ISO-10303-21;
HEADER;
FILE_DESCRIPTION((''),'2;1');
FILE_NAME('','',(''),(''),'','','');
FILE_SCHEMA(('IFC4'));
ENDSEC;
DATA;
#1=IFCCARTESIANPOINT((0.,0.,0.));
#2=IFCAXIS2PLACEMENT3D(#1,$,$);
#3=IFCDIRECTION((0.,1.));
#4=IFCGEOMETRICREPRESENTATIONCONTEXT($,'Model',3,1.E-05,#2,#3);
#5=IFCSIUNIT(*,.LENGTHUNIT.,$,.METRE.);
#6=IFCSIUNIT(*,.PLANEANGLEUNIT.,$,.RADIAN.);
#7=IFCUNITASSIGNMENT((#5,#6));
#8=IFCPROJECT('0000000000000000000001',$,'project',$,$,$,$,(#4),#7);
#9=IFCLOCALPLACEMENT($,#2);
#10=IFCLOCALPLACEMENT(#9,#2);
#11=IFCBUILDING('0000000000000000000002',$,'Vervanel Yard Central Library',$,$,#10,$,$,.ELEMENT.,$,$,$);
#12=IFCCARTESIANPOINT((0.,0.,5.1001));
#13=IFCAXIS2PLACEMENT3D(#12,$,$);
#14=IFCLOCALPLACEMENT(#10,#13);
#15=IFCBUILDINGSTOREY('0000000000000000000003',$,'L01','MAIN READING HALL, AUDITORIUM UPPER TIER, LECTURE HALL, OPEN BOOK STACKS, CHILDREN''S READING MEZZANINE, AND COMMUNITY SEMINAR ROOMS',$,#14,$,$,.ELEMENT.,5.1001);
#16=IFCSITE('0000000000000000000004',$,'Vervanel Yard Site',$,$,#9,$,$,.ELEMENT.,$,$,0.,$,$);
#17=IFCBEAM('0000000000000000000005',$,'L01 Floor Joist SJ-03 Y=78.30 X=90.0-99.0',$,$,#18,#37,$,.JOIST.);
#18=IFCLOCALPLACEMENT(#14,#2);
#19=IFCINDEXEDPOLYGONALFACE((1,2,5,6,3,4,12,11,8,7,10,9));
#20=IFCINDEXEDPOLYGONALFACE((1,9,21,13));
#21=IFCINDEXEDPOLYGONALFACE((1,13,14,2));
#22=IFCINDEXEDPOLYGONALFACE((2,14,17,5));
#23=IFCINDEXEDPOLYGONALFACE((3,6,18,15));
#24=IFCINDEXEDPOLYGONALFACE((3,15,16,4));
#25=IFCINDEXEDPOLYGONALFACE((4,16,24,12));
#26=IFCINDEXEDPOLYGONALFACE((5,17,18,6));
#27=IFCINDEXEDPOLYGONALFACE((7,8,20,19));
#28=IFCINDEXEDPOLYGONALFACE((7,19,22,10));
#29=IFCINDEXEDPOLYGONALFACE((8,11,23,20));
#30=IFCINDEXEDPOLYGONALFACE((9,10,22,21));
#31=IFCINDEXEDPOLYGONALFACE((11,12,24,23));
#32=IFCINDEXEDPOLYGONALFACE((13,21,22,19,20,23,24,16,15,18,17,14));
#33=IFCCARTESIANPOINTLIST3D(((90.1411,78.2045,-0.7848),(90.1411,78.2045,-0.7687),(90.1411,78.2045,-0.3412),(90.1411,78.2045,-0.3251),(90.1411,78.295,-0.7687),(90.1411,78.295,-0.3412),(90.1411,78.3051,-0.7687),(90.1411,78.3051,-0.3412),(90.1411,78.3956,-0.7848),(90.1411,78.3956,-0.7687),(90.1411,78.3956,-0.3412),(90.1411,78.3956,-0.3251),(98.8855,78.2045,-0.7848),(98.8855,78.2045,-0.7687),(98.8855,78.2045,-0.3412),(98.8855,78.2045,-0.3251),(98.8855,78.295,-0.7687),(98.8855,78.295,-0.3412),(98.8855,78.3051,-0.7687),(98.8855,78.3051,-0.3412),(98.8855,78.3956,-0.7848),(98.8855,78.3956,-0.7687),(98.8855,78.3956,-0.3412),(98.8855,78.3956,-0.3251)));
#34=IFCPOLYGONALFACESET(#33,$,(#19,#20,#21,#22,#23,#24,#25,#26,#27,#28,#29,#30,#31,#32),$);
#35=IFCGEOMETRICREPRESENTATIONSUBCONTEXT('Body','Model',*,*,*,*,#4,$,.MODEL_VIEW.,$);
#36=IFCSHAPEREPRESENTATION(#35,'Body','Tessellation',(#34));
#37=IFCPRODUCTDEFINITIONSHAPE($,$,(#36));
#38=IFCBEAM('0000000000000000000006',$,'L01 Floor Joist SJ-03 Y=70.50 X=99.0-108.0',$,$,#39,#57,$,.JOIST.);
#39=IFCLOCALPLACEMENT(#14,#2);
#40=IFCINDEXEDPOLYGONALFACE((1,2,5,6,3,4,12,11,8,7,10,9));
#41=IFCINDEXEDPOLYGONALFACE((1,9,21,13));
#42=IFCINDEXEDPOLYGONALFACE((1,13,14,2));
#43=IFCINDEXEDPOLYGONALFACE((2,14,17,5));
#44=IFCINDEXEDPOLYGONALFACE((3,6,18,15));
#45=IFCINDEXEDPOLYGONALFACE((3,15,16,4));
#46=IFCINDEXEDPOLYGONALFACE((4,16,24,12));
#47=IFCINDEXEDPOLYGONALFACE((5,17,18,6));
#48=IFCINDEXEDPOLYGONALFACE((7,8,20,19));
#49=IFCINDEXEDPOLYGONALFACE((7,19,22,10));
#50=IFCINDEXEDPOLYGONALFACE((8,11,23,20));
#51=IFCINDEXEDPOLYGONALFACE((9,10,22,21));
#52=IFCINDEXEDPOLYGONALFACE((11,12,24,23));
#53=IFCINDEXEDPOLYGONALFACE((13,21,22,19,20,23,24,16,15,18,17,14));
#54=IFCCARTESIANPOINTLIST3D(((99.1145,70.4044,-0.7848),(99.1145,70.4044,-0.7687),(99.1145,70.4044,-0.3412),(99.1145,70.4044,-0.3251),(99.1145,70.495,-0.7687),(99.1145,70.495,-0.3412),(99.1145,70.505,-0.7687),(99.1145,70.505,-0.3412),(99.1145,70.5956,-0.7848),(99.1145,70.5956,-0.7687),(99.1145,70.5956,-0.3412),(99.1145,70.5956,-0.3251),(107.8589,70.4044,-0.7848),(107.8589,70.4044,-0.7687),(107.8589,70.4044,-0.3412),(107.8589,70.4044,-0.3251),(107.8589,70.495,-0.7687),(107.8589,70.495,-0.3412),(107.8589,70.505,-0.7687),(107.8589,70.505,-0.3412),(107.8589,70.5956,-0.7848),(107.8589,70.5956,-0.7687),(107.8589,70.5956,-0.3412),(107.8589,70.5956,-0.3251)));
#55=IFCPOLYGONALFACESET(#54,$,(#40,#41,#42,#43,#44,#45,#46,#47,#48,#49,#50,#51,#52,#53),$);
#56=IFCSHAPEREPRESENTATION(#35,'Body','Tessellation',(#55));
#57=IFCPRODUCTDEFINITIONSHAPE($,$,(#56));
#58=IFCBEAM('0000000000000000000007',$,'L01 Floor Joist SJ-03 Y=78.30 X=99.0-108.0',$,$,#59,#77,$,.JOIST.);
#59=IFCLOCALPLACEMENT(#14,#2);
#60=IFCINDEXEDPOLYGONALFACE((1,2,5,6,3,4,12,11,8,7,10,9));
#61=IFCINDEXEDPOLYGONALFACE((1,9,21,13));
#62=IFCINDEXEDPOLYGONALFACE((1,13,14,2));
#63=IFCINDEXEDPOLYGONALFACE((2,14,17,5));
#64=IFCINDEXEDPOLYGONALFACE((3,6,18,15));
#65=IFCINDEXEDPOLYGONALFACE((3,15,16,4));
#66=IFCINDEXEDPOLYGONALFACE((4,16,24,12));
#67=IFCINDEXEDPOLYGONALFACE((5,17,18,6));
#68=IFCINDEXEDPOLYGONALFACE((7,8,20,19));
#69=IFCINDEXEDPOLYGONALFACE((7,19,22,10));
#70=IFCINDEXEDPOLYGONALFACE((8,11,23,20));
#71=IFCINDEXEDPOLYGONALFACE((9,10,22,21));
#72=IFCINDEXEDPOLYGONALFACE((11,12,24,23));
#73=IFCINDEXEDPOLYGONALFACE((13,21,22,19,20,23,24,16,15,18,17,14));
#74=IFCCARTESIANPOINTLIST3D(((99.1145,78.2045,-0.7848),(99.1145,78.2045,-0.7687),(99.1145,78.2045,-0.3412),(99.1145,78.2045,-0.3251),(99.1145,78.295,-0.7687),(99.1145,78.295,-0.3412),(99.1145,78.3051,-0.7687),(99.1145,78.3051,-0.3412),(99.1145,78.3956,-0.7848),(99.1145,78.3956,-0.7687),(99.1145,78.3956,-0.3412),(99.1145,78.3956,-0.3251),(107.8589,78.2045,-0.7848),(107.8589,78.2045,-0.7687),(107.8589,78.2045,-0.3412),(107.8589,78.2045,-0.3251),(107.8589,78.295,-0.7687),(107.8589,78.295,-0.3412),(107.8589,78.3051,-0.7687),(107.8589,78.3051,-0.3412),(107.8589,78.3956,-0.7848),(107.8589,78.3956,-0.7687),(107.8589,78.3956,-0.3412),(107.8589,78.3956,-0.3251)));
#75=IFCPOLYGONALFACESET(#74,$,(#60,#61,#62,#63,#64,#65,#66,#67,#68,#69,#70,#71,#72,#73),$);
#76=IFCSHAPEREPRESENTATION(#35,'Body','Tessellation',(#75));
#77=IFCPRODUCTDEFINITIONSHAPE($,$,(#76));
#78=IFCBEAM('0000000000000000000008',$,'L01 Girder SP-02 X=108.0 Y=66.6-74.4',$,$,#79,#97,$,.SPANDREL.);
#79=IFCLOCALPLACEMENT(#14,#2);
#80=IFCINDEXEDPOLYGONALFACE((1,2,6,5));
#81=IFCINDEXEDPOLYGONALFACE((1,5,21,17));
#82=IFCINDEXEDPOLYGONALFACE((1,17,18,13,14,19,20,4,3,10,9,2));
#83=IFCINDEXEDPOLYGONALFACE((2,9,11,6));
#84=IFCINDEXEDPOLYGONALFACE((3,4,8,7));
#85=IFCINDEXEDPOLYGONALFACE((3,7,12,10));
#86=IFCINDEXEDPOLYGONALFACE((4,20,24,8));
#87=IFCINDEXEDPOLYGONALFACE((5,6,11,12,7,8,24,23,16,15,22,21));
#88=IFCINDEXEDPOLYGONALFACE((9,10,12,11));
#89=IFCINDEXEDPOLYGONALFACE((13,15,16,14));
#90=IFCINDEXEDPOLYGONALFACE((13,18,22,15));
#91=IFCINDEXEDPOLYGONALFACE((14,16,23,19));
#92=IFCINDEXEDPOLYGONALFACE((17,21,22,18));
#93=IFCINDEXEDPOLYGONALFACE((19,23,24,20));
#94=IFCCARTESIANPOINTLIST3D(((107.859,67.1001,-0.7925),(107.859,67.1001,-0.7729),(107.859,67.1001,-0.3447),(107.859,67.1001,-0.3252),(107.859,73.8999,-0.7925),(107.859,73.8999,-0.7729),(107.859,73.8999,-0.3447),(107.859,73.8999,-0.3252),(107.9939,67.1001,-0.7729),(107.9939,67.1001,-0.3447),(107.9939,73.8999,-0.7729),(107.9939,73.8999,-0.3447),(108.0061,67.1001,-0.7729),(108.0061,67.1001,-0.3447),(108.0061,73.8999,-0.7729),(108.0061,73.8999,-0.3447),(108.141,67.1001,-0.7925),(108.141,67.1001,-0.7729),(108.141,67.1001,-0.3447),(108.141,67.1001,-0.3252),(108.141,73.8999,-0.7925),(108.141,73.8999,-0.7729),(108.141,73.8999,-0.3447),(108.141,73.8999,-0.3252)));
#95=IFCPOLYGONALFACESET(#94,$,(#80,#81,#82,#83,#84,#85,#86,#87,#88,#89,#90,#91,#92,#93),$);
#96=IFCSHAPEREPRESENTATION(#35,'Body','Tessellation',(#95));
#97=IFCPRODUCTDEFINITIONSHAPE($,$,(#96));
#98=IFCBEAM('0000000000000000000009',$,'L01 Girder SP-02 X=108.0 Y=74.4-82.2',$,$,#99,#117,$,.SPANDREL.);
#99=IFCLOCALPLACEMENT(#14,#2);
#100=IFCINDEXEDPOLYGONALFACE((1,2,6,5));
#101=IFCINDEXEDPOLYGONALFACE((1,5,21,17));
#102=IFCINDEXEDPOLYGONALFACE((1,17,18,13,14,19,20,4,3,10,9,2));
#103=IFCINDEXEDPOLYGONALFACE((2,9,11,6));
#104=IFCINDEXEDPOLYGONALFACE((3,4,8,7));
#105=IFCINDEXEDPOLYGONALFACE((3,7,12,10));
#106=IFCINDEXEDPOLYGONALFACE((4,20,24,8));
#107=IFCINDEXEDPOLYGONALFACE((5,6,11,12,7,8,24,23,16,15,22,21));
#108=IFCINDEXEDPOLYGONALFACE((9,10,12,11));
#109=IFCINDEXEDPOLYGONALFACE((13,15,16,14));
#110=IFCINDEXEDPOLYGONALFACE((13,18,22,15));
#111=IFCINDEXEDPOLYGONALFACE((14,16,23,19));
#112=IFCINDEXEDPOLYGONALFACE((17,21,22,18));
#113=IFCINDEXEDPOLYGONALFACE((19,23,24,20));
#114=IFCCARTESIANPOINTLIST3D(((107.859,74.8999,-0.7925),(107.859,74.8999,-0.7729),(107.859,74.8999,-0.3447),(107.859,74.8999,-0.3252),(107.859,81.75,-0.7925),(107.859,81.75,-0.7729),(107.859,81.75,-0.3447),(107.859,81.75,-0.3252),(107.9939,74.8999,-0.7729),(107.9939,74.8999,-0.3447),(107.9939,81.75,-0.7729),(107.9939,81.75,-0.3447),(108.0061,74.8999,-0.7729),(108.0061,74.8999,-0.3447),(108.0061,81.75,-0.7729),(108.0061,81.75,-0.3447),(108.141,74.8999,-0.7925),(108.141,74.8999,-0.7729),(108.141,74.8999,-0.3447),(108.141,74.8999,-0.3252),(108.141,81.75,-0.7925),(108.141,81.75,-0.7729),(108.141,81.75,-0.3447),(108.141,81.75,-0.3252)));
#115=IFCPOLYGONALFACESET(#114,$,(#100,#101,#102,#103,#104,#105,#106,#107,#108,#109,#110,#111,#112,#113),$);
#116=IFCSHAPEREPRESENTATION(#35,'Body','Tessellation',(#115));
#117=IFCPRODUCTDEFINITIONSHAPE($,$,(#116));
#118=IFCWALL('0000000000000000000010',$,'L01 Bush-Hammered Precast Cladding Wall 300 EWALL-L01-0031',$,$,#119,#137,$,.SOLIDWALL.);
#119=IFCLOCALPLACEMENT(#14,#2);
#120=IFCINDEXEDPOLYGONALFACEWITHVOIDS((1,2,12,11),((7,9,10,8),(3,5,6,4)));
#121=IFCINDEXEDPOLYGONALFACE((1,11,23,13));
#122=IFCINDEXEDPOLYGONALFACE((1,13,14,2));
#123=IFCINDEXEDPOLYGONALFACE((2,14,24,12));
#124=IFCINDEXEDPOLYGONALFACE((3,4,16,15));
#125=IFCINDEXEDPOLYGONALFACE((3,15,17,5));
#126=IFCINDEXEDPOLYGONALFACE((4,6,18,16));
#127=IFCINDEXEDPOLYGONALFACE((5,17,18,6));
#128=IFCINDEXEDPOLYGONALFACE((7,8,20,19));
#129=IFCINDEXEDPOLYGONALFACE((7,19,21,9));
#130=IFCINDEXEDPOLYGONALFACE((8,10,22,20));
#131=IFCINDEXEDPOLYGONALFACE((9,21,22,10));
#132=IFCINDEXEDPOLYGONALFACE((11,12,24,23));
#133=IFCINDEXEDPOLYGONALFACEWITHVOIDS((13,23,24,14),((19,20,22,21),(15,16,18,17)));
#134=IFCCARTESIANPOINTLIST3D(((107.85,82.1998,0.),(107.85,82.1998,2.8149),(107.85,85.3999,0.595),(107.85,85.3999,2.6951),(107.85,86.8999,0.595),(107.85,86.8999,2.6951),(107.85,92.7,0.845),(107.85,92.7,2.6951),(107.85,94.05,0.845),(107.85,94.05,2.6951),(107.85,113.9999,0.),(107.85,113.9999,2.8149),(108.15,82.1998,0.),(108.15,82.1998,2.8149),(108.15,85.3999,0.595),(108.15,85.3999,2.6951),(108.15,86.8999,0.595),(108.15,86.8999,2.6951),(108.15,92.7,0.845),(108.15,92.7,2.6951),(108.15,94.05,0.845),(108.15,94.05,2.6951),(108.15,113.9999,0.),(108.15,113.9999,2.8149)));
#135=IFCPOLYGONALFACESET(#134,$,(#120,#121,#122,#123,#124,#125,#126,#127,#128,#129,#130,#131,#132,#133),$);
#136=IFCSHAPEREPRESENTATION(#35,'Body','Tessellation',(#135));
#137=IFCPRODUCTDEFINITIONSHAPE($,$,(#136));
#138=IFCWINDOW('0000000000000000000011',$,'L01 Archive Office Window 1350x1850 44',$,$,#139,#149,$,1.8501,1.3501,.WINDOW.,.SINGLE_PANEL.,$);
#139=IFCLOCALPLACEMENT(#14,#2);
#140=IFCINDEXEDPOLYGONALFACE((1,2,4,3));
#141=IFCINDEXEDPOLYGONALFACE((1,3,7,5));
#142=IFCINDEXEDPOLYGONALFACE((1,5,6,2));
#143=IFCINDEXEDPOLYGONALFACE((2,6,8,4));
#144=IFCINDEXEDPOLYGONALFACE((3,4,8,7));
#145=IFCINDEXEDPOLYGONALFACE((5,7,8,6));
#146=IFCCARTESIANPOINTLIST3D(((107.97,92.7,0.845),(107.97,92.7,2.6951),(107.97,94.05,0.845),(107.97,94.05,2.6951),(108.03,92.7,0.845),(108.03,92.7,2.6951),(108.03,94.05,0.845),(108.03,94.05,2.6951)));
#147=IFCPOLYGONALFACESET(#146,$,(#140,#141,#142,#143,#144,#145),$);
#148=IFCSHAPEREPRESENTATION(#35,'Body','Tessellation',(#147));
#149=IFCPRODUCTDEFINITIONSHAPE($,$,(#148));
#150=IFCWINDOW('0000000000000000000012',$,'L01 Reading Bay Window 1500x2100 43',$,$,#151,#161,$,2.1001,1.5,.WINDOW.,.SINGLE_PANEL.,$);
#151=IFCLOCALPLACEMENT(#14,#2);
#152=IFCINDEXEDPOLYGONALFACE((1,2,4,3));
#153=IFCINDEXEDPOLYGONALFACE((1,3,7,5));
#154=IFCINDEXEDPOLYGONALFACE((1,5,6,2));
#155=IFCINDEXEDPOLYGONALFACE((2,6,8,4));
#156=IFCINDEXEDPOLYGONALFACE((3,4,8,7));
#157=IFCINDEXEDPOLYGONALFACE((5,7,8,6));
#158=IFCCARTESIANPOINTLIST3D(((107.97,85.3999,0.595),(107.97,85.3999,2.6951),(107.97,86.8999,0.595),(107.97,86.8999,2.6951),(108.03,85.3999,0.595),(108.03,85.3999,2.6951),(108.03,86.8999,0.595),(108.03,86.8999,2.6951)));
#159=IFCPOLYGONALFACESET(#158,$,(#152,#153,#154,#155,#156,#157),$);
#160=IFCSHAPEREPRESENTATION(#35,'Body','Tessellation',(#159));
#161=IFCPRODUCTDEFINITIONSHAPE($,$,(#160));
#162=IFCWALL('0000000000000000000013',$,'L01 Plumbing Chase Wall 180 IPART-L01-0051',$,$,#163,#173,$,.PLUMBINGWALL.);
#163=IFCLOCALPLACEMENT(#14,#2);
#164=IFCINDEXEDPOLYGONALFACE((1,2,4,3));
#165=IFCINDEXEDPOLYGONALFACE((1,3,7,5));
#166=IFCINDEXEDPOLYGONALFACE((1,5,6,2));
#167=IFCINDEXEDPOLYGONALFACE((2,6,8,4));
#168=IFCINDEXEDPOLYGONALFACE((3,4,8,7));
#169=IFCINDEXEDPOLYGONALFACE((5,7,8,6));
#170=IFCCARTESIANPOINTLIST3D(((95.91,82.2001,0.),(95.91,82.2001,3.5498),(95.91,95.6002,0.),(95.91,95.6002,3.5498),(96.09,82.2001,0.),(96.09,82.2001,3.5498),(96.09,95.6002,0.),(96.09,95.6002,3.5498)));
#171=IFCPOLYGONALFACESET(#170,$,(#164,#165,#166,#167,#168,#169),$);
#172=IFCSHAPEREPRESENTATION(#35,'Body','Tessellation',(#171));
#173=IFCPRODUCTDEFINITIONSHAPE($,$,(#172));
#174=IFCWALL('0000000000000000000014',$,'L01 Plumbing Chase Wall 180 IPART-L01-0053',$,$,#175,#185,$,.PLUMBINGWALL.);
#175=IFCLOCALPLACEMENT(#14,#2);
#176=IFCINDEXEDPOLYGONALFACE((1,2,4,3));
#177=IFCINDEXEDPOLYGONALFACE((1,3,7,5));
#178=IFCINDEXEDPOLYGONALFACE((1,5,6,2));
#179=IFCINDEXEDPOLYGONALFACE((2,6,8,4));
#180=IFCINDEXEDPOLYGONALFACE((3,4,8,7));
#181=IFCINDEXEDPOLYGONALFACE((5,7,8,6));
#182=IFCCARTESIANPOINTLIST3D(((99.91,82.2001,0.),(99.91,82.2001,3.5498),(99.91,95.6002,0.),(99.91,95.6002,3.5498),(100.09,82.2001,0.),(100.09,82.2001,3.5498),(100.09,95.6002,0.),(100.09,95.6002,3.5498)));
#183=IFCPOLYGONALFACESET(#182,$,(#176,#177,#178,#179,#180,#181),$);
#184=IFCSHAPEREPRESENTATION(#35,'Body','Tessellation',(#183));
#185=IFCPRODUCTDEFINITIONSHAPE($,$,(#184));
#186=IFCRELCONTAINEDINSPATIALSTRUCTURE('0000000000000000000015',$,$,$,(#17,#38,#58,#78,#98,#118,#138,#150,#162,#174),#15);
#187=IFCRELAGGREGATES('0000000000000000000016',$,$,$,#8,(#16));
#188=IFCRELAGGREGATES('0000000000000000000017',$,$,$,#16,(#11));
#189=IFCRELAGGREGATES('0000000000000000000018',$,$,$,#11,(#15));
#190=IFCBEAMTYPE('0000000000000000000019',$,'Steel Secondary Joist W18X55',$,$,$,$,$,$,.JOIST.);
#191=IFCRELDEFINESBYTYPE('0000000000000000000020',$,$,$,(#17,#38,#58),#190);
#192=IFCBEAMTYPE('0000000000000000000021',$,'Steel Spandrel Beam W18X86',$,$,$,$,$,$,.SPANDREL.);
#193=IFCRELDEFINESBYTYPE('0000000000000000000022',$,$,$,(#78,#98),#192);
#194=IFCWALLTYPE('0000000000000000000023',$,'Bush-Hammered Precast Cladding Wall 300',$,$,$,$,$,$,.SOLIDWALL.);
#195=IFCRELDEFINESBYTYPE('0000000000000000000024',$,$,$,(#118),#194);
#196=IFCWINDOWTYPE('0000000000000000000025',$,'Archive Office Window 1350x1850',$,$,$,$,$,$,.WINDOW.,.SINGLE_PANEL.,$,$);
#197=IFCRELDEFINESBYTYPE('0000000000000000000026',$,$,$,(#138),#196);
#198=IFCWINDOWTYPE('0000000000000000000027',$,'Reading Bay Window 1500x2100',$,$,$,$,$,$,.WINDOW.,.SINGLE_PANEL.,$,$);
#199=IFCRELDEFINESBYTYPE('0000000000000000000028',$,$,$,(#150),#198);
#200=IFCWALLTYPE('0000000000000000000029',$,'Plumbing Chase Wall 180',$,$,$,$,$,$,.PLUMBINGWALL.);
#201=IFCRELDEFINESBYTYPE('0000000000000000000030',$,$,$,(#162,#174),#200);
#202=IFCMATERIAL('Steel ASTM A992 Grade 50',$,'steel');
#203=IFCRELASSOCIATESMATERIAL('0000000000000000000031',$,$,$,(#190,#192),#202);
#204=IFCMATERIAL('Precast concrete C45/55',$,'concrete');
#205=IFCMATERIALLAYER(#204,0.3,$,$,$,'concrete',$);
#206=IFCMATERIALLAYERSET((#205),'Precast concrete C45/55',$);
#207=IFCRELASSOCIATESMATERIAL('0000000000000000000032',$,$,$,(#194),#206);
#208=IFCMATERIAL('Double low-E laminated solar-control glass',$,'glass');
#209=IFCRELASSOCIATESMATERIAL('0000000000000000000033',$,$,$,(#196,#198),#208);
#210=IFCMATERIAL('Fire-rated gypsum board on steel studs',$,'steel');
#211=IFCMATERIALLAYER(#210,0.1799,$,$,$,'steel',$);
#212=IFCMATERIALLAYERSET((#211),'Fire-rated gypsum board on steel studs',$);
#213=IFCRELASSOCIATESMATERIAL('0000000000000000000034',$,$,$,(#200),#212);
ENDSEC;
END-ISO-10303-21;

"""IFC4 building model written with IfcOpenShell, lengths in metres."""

from ifc_helpers import new_model, si_unit, direction, frame, frame_2d, origin, origin_2d, place, context, subcontext, project, spatial, rectangle, i_section, extrude, material, layer, layer_set, material_profile, profile_set, type_object, element, fill, save


model = new_model("IFC4")

# Units and contexts
model_context = context("Model", 3, precision=1e-05, world=origin(), true_north=direction((0.0, 1.0)))
body_context = subcontext(model_context, "Body", "Model", "MODEL_VIEW")
ifc_project = project(units=[si_unit("LENGTHUNIT", "METRE"), si_unit("PLANEANGLEUNIT", "RADIAN")], contexts=[model_context])

# Site, building, storey
site_placement = place(None, origin())
site = spatial("IfcSite", under=ifc_project, at=site_placement, Name="Vervanel Yard Site", CompositionType="ELEMENT", RefElevation=0.0)
building_placement = place(site_placement, origin())
building = spatial("IfcBuilding", under=site, at=building_placement, Name="Vervanel Yard Central Library", CompositionType="ELEMENT")
storey_placement = place(building_placement, frame((0.0, 0.0, 5.1001)))
storey = spatial("IfcBuildingStorey", under=building, at=storey_placement, Name="L01", Description="MAIN READING HALL, AUDITORIUM UPPER TIER, LECTURE HALL, OPEN BOOK STACKS, CHILDREN'S READING MEZZANINE, AND COMMUNITY SEMINAR ROOMS", CompositionType="ELEMENT", Elevation=5.1001)

# Beams
ifc_material_1 = material(Name="Steel ASTM A992 Grade 50", Category="steel")
ifc_material_profile_1 = material_profile(ifc_material_1, i_section(OverallWidth=0.1912, OverallDepth=0.4597, WebThickness=0.01, FlangeThickness=0.0161, at=origin_2d()), Name="W18X55", Category="steel")
ifc_profile_set_1 = profile_set([ifc_material_profile_1], Name="Steel ASTM A992 Grade 50")
beam_type_1 = type_object("IfcBeamType", Name="Steel Secondary Joist W18X55", PredefinedType="JOIST", material=ifc_profile_set_1)
for number, where, z_axis, x_axis, name in (
    (1, (90.1411, 78.3, -0.5549), (1.0, 0.0, 0.0), (0.0, 1.0, 0.0), "L01 Floor Joist SJ-03 Y=78.30 X=90.0-99.0"),
    (2, (99.1145, 70.5, -0.5549), (1.0, 0.0, 0.0), (0.0, 1.0, 0.0), "L01 Floor Joist SJ-03 Y=70.50 X=99.0-108.0"),
    (3, (99.1145, 78.3, -0.5549), (1.0, 0.0, 0.0), (0.0, 1.0, 0.0), "L01 Floor Joist SJ-03 Y=78.30 X=99.0-108.0"),
):
    element("IfcBeam", number, at=place(storey_placement, frame(where, z_axis=z_axis, x_axis=x_axis)), inside=storey, type_object=beam_type_1, Name=name, PredefinedType="JOIST", context=body_context, shape_type="SweptSolid", body=[
        extrude(i_section(OverallWidth=0.1912, OverallDepth=0.4597, WebThickness=0.01, FlangeThickness=0.0161, at=origin_2d()), origin(), (0.0, 0.0, 1.0), 8.7444),
    ])
ifc_material_profile_2 = material_profile(ifc_material_1, i_section(OverallWidth=0.282, OverallDepth=0.4673, WebThickness=0.0122, FlangeThickness=0.0195, at=origin_2d()), Name="W18X86", Category="steel")
ifc_profile_set_2 = profile_set([ifc_material_profile_2], Name="Steel ASTM A992 Grade 50")
beam_type_2 = type_object("IfcBeamType", Name="Steel Spandrel Beam W18X86", PredefinedType="SPANDREL", material=ifc_profile_set_2)
beam_1_placement = place(storey_placement, frame((108.0, 67.1001, -0.5588), z_axis=(0.0, 1.0, 0.0), x_axis=(-1.0, 0.0, 0.0)))
element("IfcBeam", 4, at=beam_1_placement, inside=storey, type_object=beam_type_2, Name="L01 Girder SP-02 X=108.0 Y=66.6-74.4", PredefinedType="SPANDREL", context=body_context, shape_type="SweptSolid", body=[
    extrude(i_section(OverallWidth=0.282, OverallDepth=0.4673, WebThickness=0.0122, FlangeThickness=0.0195, at=origin_2d()), origin(), (0.0, 0.0, 1.0), 6.7998),
])
beam_2_placement = place(storey_placement, frame((108.0, 74.8999, -0.5588), z_axis=(0.0, 1.0, 0.0), x_axis=(-1.0, 0.0, 0.0)))
element("IfcBeam", 5, at=beam_2_placement, inside=storey, type_object=beam_type_2, Name="L01 Girder SP-02 X=108.0 Y=74.4-82.2", PredefinedType="SPANDREL", context=body_context, shape_type="SweptSolid", body=[
    extrude(i_section(OverallWidth=0.282, OverallDepth=0.4673, WebThickness=0.0122, FlangeThickness=0.0195, at=origin_2d()), origin(), (0.0, 0.0, 1.0), 6.8501),
])

# Wall, openings, windows
ifc_material_2 = material(Name="Precast concrete C45/55", Category="concrete")
ifc_layer_1 = layer(ifc_material_2, 0.3, Category="concrete")
ifc_layer_set_1 = layer_set([ifc_layer_1], Name="Precast concrete C45/55")
wall_type_1 = type_object("IfcWallType", Name="Bush-Hammered Precast Cladding Wall 300", PredefinedType="SOLIDWALL", material=ifc_layer_set_1)
wall_1_placement = place(storey_placement, frame((108.0, 82.2, 0.0), z_axis=(0.0, 0.0, 1.0), x_axis=(0.0, 1.0, 0.0)))
wall_1 = element("IfcWall", 6, at=wall_1_placement, inside=storey, type_object=wall_type_1, Name="L01 Bush-Hammered Precast Cladding Wall 300 EWALL-L01-0031", PredefinedType="SOLIDWALL", context=body_context, shape_type="SweptSolid", body=[
    extrude(rectangle(XDim=31.8, YDim=0.3, at=frame_2d((15.8999, 0.0))), origin(), (0.0, 0.0, 1.0), 2.8149),
])
opening_1_placement = place(wall_1_placement, frame((3.2, 0.0, 0.595)))
opening_1 = element("IfcOpeningElement", 7, at=opening_1_placement, cuts=wall_1, PredefinedType="OPENING", context=body_context, shape_type="SweptSolid", body=[
    extrude(rectangle(XDim=1.5, YDim=2.1001, at=frame_2d((0.75, 1.05))), frame((0.0, 0.1599, 0.0), z_axis=(0.0, -1.0, 0.0), x_axis=(1.0, 0.0, 0.0)), (0.0, 0.0, 1.0), 0.3201),
])
opening_2_placement = place(wall_1_placement, frame((10.5, 0.0, 0.845)))
opening_2 = element("IfcOpeningElement", 8, at=opening_2_placement, cuts=wall_1, PredefinedType="OPENING", context=body_context, shape_type="SweptSolid", body=[
    extrude(rectangle(XDim=1.3501, YDim=1.8501, at=frame_2d((0.675, 0.925))), frame((0.0, 0.1599, 0.0), z_axis=(0.0, -1.0, 0.0), x_axis=(1.0, 0.0, 0.0)), (0.0, 0.0, 1.0), 0.3201),
])
ifc_material_3 = material(Name="Double low-E laminated solar-control glass", Category="glass")
window_type_1 = type_object("IfcWindowType", Name="Archive Office Window 1350x1850", PartitioningType="SINGLE_PANEL", PredefinedType="WINDOW", material=ifc_material_3)
window_1_placement = place(opening_2_placement, origin())
window_1 = element("IfcWindow", 9, at=window_1_placement, inside=storey, type_object=window_type_1, Name="L01 Archive Office Window 1350x1850 44", OverallHeight=1.8501, OverallWidth=1.3501, PartitioningType="SINGLE_PANEL", PredefinedType="WINDOW", context=body_context, shape_type="SweptSolid", body=[
    extrude(rectangle(XDim=1.3501, YDim=1.8501, at=frame_2d((0.675, 0.925))), frame((0.0, 0.03, 0.0), z_axis=(0.0, -1.0, 0.0), x_axis=(1.0, 0.0, 0.0)), (0.0, 0.0, 1.0), 0.0601),
])
fill(opening_2, window_1)
window_type_2 = type_object("IfcWindowType", Name="Reading Bay Window 1500x2100", PartitioningType="SINGLE_PANEL", PredefinedType="WINDOW", material=ifc_material_3)
window_2_placement = place(opening_1_placement, origin())
window_2 = element("IfcWindow", 10, at=window_2_placement, inside=storey, type_object=window_type_2, Name="L01 Reading Bay Window 1500x2100 43", OverallHeight=2.1001, OverallWidth=1.5, PartitioningType="SINGLE_PANEL", PredefinedType="WINDOW", context=body_context, shape_type="SweptSolid", body=[
    extrude(rectangle(XDim=1.5, YDim=2.1001, at=frame_2d((0.75, 1.05))), frame((0.0, 0.03, 0.0), z_axis=(0.0, -1.0, 0.0), x_axis=(1.0, 0.0, 0.0)), (0.0, 0.0, 1.0), 0.0601),
])
fill(opening_1, window_2)

# Walls
ifc_material_4 = material(Name="Fire-rated gypsum board on steel studs", Category="steel")
ifc_layer_2 = layer(ifc_material_4, 0.1799, Category="steel")
ifc_layer_set_2 = layer_set([ifc_layer_2], Name="Fire-rated gypsum board on steel studs")
wall_type_2 = type_object("IfcWallType", Name="Plumbing Chase Wall 180", PredefinedType="PLUMBINGWALL", material=ifc_layer_set_2)
for number, where, z_axis, x_axis, name in (
    (11, (96.0, 82.2, 0.0), (0.0, 0.0, 1.0), (0.0, 1.0, 0.0), "L01 Plumbing Chase Wall 180 IPART-L01-0051"),
    (12, (100.0, 82.2, 0.0), (0.0, 0.0, 1.0), (0.0, 1.0, 0.0), "L01 Plumbing Chase Wall 180 IPART-L01-0053"),
):
    element("IfcWall", number, at=place(storey_placement, frame(where, z_axis=z_axis, x_axis=x_axis)), inside=storey, type_object=wall_type_2, Name=name, PredefinedType="PLUMBINGWALL", context=body_context, shape_type="SweptSolid", body=[
        extrude(rectangle(XDim=13.4001, YDim=0.1799, at=frame_2d((6.7002, 0.0))), origin(), (0.0, 0.0, 1.0), 3.5498),
    ])

save(model, "model.ifc")
